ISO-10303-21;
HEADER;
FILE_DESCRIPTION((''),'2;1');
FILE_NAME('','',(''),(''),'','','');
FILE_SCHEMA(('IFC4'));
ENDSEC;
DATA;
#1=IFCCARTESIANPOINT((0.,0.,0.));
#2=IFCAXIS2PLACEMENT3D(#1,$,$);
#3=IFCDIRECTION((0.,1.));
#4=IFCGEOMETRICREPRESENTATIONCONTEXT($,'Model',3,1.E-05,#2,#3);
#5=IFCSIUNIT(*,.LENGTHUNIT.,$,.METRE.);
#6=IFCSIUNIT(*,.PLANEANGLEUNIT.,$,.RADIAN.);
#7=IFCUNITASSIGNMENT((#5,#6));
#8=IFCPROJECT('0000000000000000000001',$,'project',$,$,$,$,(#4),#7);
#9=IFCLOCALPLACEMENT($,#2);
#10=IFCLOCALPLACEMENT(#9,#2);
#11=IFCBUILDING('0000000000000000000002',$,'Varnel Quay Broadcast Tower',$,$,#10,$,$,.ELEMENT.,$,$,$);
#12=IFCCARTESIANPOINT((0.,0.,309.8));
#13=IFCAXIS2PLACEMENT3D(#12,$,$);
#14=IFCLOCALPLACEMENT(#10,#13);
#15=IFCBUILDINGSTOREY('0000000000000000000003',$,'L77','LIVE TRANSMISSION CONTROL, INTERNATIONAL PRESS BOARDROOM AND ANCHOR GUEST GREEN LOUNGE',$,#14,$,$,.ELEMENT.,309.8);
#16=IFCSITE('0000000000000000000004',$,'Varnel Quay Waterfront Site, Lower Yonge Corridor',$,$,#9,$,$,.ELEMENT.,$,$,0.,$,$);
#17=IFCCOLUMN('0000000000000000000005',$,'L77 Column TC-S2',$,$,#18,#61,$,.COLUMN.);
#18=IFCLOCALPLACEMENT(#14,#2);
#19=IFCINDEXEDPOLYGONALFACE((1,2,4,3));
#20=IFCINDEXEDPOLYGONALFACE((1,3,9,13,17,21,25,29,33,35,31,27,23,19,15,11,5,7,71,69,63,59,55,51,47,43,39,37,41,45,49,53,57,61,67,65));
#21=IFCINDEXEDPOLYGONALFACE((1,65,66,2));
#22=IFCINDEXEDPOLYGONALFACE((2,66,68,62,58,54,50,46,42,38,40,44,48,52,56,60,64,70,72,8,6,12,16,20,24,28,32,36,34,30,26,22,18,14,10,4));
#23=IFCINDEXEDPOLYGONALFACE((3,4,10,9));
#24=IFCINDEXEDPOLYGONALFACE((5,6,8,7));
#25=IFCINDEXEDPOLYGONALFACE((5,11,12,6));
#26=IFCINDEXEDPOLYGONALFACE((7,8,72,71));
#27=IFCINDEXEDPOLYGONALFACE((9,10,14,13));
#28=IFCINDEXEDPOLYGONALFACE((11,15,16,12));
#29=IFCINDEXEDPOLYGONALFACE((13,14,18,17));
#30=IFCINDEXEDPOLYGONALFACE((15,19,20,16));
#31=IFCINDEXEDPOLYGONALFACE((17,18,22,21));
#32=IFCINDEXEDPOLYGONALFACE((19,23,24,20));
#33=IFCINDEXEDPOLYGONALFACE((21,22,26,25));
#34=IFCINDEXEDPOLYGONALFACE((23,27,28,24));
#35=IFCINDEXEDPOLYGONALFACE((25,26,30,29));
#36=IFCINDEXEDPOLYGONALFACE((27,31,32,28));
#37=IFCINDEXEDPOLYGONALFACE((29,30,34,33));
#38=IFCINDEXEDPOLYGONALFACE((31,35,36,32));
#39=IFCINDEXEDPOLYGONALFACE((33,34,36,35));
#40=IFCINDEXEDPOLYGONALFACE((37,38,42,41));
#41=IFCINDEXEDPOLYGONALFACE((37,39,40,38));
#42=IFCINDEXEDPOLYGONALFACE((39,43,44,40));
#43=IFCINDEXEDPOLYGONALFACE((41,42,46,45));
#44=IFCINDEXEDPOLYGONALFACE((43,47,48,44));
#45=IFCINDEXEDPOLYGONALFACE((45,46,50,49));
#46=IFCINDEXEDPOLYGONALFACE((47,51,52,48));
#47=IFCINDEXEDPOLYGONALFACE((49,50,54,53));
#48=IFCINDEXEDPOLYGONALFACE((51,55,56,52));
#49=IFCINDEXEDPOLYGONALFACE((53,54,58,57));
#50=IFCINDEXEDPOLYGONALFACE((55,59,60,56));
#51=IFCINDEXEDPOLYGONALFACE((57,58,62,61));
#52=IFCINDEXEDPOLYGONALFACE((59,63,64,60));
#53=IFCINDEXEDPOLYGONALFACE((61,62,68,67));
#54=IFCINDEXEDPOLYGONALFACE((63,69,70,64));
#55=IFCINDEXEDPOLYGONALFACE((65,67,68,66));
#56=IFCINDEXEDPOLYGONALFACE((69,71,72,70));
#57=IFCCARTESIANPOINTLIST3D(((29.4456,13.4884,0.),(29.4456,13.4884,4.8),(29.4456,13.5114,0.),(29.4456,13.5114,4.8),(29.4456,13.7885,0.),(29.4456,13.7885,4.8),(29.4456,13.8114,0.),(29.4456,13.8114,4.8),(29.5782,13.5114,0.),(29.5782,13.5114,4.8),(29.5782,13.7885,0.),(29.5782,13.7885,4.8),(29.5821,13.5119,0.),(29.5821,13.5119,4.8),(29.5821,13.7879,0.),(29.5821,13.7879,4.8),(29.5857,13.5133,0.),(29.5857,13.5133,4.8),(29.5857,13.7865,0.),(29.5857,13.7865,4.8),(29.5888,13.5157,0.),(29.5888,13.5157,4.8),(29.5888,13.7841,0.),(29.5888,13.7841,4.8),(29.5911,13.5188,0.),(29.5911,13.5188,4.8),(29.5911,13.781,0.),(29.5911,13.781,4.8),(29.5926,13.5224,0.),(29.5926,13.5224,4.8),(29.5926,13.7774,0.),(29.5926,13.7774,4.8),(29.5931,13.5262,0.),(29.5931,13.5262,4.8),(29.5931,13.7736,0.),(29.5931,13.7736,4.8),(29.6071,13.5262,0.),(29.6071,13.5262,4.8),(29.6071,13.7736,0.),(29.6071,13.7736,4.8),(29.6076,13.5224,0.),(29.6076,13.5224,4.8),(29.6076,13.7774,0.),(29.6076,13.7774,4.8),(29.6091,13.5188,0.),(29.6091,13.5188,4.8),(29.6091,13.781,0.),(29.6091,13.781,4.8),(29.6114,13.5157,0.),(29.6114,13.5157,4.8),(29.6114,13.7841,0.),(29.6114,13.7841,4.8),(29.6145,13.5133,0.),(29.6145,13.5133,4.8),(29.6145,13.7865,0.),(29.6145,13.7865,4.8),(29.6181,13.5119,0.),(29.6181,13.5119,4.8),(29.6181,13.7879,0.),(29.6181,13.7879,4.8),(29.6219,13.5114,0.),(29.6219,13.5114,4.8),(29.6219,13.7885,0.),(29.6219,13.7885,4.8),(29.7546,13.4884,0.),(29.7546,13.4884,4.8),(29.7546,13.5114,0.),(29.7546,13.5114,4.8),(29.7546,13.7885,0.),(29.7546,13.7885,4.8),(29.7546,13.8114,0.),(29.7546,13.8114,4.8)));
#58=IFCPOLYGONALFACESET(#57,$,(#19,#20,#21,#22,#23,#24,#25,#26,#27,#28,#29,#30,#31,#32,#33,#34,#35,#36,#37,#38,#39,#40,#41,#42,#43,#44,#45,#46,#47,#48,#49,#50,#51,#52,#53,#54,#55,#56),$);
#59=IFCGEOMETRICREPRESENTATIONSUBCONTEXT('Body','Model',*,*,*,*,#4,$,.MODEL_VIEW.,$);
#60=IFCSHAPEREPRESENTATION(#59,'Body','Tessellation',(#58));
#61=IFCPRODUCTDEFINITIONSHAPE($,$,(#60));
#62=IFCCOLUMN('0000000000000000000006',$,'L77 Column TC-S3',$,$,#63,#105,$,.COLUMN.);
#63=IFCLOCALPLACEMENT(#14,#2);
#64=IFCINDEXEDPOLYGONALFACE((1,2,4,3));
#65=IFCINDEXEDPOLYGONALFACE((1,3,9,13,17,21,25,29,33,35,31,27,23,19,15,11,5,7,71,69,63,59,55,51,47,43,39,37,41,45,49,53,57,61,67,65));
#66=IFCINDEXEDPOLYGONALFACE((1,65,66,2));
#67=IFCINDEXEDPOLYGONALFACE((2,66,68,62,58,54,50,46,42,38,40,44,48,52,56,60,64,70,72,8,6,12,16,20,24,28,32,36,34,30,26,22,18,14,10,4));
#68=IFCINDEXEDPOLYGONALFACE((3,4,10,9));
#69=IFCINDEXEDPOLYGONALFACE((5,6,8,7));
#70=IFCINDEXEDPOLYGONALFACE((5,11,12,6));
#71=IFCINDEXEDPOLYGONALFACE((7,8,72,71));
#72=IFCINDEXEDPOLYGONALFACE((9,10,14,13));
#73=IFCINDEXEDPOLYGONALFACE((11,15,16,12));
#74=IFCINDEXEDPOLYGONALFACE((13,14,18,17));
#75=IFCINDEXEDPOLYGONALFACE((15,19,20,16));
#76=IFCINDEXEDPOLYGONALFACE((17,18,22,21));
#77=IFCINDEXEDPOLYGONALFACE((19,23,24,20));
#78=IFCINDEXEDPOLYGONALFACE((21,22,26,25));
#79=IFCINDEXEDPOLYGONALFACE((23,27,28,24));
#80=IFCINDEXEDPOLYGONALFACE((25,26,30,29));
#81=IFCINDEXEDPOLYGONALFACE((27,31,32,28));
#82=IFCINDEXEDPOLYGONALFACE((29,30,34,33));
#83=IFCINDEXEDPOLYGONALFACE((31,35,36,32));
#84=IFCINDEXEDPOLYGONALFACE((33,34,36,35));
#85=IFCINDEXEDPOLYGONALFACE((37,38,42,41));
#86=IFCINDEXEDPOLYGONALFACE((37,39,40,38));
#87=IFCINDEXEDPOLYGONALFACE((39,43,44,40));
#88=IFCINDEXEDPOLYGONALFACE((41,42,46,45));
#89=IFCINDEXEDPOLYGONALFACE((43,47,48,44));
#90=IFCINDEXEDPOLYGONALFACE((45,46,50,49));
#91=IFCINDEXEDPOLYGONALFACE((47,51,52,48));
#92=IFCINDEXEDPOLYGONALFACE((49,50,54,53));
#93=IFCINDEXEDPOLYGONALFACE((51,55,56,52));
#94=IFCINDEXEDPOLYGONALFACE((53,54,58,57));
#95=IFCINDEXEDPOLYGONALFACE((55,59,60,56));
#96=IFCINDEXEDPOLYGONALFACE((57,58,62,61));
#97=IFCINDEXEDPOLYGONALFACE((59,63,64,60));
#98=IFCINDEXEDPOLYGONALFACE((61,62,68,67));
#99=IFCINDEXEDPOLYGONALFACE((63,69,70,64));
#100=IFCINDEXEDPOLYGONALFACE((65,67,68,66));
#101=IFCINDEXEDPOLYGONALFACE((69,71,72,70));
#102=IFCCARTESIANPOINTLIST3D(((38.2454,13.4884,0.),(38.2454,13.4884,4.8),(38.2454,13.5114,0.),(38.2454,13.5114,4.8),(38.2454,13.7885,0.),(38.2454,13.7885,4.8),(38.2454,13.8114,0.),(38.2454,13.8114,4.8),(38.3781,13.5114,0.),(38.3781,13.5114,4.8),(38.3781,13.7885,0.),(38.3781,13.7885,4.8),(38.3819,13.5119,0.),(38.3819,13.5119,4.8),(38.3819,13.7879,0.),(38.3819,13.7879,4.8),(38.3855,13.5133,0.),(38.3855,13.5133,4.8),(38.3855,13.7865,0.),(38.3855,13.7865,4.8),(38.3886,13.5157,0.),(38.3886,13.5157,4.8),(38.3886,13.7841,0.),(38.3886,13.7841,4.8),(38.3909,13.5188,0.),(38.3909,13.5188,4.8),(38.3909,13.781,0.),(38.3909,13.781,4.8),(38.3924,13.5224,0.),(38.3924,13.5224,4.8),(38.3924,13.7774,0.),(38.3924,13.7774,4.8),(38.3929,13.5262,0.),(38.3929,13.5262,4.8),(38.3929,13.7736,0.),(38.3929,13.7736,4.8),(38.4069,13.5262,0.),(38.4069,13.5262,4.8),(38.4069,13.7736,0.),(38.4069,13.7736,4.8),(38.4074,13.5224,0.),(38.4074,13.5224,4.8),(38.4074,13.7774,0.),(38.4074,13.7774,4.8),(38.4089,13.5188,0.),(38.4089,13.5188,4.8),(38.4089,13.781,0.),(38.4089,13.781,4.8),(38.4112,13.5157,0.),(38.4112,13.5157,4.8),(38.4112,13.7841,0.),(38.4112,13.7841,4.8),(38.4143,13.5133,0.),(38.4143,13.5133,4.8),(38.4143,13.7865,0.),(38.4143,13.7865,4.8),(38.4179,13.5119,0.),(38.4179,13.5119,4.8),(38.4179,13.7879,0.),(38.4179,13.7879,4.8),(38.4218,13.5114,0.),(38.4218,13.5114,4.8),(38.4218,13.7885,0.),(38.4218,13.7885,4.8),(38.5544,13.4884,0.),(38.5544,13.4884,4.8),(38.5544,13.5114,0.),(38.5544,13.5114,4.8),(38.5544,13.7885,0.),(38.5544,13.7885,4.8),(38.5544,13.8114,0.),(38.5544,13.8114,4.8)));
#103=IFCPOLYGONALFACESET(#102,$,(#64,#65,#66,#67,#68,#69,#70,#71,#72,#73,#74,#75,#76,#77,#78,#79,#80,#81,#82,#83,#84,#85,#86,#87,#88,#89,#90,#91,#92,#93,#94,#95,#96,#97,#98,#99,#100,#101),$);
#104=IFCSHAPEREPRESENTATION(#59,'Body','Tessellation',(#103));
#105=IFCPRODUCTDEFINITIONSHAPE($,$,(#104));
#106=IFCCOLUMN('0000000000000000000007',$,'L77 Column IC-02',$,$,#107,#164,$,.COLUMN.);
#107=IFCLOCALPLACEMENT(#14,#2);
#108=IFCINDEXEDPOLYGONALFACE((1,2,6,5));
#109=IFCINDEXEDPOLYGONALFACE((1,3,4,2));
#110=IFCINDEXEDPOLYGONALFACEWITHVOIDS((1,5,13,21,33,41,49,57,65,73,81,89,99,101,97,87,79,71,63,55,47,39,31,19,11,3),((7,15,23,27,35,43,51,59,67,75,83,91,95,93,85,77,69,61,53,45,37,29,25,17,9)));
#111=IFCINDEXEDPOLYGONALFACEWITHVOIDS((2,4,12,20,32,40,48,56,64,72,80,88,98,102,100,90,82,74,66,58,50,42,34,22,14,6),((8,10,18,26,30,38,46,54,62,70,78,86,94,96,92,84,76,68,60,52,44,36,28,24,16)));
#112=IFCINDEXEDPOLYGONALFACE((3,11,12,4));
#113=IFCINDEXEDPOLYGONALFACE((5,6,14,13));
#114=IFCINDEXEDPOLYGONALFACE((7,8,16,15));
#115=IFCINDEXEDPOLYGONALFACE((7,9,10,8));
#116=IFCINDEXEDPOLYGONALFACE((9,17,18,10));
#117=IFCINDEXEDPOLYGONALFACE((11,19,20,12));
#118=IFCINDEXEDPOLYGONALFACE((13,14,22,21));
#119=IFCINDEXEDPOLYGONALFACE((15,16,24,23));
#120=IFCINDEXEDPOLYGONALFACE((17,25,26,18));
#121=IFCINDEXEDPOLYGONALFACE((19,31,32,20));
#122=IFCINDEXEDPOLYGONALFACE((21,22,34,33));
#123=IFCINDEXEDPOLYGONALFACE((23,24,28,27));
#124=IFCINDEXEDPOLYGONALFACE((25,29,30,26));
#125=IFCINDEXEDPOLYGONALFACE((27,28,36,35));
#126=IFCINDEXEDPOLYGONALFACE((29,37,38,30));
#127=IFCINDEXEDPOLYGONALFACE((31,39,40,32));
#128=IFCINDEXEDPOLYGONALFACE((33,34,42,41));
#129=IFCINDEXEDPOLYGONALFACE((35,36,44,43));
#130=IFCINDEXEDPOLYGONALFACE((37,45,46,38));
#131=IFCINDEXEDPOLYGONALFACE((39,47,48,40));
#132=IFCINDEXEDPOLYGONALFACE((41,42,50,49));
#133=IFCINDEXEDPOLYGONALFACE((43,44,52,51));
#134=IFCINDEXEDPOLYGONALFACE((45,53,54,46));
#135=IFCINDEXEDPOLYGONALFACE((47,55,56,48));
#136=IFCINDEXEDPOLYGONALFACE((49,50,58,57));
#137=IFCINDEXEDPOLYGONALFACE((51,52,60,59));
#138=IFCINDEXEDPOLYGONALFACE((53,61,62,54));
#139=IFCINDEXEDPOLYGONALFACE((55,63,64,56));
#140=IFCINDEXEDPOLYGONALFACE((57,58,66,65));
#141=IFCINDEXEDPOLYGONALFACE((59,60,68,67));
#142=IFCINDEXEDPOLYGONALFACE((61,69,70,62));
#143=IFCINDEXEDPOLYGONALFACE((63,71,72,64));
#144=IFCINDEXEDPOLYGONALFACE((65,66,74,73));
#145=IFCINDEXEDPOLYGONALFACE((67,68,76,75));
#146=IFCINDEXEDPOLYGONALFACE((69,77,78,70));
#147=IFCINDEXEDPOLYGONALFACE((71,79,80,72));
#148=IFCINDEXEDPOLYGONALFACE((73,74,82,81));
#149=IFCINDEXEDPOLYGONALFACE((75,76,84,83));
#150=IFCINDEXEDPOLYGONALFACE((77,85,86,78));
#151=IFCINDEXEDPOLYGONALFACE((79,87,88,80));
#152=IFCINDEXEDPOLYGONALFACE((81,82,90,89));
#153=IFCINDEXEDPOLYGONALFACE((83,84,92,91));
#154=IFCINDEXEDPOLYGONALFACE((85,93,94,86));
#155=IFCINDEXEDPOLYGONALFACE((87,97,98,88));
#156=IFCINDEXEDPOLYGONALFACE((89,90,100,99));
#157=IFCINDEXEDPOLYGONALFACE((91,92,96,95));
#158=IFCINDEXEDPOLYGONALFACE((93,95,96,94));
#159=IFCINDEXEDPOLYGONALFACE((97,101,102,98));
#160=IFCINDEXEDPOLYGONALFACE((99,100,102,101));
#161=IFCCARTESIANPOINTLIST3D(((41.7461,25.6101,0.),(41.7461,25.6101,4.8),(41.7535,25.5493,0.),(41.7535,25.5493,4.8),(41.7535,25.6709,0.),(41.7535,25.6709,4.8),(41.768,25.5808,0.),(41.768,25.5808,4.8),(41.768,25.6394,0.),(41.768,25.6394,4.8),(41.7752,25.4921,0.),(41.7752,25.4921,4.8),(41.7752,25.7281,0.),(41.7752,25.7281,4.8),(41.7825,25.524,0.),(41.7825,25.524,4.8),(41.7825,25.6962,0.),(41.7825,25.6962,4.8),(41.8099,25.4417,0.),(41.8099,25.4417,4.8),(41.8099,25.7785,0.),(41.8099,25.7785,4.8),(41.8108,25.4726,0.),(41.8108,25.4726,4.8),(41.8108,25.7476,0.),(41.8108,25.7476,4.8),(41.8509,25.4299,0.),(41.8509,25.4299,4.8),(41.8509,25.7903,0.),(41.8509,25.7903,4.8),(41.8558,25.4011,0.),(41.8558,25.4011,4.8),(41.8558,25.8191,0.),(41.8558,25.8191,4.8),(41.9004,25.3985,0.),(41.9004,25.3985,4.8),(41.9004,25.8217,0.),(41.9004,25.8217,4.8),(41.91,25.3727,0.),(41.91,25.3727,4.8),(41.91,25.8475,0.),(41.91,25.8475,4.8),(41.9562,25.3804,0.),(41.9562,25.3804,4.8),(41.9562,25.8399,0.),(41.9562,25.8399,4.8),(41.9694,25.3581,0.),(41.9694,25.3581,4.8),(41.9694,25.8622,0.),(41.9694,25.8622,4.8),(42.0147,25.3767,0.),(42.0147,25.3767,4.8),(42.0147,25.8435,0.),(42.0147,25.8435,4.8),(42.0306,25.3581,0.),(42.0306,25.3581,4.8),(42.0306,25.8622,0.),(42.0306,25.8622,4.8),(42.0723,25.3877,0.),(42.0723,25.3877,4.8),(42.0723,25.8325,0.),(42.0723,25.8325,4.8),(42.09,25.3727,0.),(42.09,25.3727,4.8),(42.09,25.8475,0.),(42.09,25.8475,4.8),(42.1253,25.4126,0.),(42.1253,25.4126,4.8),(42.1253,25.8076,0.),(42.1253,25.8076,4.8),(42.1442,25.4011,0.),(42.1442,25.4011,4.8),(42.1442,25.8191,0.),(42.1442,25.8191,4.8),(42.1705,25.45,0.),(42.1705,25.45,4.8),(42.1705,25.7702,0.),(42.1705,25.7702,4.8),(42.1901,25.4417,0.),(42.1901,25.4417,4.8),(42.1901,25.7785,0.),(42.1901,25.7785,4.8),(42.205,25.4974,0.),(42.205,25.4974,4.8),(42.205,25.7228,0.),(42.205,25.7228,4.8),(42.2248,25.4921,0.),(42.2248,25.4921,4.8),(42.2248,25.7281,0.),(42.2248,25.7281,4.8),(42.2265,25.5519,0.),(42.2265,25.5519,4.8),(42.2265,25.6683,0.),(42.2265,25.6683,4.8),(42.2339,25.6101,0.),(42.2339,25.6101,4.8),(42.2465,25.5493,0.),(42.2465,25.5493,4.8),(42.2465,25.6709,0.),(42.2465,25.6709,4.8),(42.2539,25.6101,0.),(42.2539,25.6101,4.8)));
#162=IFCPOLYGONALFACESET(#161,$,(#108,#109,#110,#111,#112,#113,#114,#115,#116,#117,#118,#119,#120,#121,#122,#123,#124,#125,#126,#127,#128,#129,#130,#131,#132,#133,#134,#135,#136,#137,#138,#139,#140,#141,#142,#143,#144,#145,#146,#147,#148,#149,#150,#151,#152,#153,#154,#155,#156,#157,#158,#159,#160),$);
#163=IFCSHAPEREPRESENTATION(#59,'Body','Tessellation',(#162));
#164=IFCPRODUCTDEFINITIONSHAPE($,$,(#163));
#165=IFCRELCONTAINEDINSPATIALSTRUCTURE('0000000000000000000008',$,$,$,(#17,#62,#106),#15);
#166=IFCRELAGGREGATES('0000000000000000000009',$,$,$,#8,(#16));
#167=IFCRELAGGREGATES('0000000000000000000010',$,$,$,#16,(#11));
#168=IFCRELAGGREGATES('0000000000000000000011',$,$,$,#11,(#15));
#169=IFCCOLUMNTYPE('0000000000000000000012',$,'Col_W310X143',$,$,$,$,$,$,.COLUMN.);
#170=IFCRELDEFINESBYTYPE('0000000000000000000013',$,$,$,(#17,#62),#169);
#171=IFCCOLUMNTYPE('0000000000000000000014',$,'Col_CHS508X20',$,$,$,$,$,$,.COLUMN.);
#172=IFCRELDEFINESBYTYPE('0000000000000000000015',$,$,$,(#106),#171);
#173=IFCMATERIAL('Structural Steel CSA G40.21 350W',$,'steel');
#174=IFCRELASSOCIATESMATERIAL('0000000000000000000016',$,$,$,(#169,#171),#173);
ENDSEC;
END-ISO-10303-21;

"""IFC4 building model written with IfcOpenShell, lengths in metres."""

from ifc_helpers import new_model, si_unit, direction, frame, origin, origin_2d, place, context, subcontext, project, spatial, hollow_circle, i_section, extrude, source, transform, mapped, material, material_profile, profile_set, type_object, type_shapes, element, save


model = new_model("IFC4")

# Units and contexts
model_context = context("Model", 3, precision=1e-05, world=origin(), true_north=direction((0.0, 1.0)))
body_context = subcontext(model_context, "Body", "Model", "MODEL_VIEW")
ifc_project = project(units=[si_unit("LENGTHUNIT", "METRE"), si_unit("PLANEANGLEUNIT", "RADIAN")], contexts=[model_context])

# Site, building, storey
site_placement = place(None, origin())
site = spatial("IfcSite", under=ifc_project, at=site_placement, Name="Varnel Quay Waterfront Site, Lower Yonge Corridor", CompositionType="ELEMENT", RefElevation=0.0)
building_placement = place(site_placement, origin())
building = spatial("IfcBuilding", under=site, at=building_placement, Name="Varnel Quay Broadcast Tower", CompositionType="ELEMENT")
storey_placement = place(building_placement, frame((0.0, 0.0, 309.8)))
storey = spatial("IfcBuildingStorey", under=building, at=storey_placement, Name="L77", Description="LIVE TRANSMISSION CONTROL, INTERNATIONAL PRESS BOARDROOM AND ANCHOR GUEST GREEN LOUNGE", CompositionType="ELEMENT", Elevation=309.8)

# Columns
ifc_material_1 = material(Name="Structural Steel CSA G40.21 350W", Category="steel")
ifc_material_profile_1 = material_profile(ifc_material_1, i_section(OverallWidth=0.3091, OverallDepth=0.323, WebThickness=0.0139, FlangeThickness=0.0229, FilletRadius=0.0149, at=origin_2d()), Name="W310X143")
ifc_profile_set_1 = profile_set([ifc_material_profile_1], Name="Structural Steel CSA G40.21 350W")
column_type_1 = type_object("IfcColumnType", Name="Col_W310X143", PredefinedType="COLUMN", material=ifc_profile_set_1)
shared_shape_1 = source(origin(), body_context, "Body", "SweptSolid", [
    extrude(i_section(OverallWidth=0.3091, OverallDepth=0.323, WebThickness=0.0139, FlangeThickness=0.0229, FilletRadius=0.0149, at=origin_2d()), origin(), (0.0, 0.0, 1.0), 4.8),
])
type_shapes(column_type_1, [shared_shape_1])
for number, where, z_axis, x_axis, name in (
    (1, (29.6001, 13.6499, 0.0), (0.0, 0.0, 1.0), (1.0, 0.0, 0.0), "L77 Column TC-S2"),
    (2, (38.3999, 13.6499, 0.0), (0.0, 0.0, 1.0), (1.0, 0.0, 0.0), "L77 Column TC-S3"),
):
    element("IfcColumn", number, at=place(storey_placement, frame(where, z_axis=z_axis, x_axis=x_axis)), inside=storey, type_object=column_type_1, Name=name, PredefinedType="COLUMN", context=body_context, shape_type="MappedRepresentation", body=[
        mapped(shared_shape_1, transform((0.0, 0.0, 0.0), x_axis=(1.0, 0.0, 0.0), y_axis=(0.0, 1.0, 0.0), z_axis=(0.0, 0.0, 1.0), scale=1.0)),
    ])
ifc_material_profile_2 = material_profile(ifc_material_1, hollow_circle(Radius=0.2539, WallThickness=0.02, at=origin_2d()), Name="CHS508X20")
ifc_profile_set_2 = profile_set([ifc_material_profile_2], Name="Structural Steel CSA G40.21 350W")
column_type_2 = type_object("IfcColumnType", Name="Col_CHS508X20", PredefinedType="COLUMN", material=ifc_profile_set_2)
shared_shape_2 = source(origin(), body_context, "Body", "SweptSolid", [
    extrude(hollow_circle(Radius=0.2539, WallThickness=0.02, at=origin_2d()), origin(), (0.0, 0.0, 1.0), 4.8),
])
type_shapes(column_type_2, [shared_shape_2])
column_placement = place(storey_placement, frame((42.0, 25.6101, 0.0), z_axis=(0.0, 0.0, 1.0), x_axis=(1.0, 0.0, 0.0)))
element("IfcColumn", 3, at=column_placement, inside=storey, type_object=column_type_2, Name="L77 Column IC-02", PredefinedType="COLUMN", context=body_context, shape_type="MappedRepresentation", body=[
    mapped(shared_shape_2, transform((0.0, 0.0, 0.0), x_axis=(1.0, 0.0, 0.0), y_axis=(0.0, 1.0, 0.0), z_axis=(0.0, 0.0, 1.0), scale=1.0)),
])

save(model, "model.ifc")
